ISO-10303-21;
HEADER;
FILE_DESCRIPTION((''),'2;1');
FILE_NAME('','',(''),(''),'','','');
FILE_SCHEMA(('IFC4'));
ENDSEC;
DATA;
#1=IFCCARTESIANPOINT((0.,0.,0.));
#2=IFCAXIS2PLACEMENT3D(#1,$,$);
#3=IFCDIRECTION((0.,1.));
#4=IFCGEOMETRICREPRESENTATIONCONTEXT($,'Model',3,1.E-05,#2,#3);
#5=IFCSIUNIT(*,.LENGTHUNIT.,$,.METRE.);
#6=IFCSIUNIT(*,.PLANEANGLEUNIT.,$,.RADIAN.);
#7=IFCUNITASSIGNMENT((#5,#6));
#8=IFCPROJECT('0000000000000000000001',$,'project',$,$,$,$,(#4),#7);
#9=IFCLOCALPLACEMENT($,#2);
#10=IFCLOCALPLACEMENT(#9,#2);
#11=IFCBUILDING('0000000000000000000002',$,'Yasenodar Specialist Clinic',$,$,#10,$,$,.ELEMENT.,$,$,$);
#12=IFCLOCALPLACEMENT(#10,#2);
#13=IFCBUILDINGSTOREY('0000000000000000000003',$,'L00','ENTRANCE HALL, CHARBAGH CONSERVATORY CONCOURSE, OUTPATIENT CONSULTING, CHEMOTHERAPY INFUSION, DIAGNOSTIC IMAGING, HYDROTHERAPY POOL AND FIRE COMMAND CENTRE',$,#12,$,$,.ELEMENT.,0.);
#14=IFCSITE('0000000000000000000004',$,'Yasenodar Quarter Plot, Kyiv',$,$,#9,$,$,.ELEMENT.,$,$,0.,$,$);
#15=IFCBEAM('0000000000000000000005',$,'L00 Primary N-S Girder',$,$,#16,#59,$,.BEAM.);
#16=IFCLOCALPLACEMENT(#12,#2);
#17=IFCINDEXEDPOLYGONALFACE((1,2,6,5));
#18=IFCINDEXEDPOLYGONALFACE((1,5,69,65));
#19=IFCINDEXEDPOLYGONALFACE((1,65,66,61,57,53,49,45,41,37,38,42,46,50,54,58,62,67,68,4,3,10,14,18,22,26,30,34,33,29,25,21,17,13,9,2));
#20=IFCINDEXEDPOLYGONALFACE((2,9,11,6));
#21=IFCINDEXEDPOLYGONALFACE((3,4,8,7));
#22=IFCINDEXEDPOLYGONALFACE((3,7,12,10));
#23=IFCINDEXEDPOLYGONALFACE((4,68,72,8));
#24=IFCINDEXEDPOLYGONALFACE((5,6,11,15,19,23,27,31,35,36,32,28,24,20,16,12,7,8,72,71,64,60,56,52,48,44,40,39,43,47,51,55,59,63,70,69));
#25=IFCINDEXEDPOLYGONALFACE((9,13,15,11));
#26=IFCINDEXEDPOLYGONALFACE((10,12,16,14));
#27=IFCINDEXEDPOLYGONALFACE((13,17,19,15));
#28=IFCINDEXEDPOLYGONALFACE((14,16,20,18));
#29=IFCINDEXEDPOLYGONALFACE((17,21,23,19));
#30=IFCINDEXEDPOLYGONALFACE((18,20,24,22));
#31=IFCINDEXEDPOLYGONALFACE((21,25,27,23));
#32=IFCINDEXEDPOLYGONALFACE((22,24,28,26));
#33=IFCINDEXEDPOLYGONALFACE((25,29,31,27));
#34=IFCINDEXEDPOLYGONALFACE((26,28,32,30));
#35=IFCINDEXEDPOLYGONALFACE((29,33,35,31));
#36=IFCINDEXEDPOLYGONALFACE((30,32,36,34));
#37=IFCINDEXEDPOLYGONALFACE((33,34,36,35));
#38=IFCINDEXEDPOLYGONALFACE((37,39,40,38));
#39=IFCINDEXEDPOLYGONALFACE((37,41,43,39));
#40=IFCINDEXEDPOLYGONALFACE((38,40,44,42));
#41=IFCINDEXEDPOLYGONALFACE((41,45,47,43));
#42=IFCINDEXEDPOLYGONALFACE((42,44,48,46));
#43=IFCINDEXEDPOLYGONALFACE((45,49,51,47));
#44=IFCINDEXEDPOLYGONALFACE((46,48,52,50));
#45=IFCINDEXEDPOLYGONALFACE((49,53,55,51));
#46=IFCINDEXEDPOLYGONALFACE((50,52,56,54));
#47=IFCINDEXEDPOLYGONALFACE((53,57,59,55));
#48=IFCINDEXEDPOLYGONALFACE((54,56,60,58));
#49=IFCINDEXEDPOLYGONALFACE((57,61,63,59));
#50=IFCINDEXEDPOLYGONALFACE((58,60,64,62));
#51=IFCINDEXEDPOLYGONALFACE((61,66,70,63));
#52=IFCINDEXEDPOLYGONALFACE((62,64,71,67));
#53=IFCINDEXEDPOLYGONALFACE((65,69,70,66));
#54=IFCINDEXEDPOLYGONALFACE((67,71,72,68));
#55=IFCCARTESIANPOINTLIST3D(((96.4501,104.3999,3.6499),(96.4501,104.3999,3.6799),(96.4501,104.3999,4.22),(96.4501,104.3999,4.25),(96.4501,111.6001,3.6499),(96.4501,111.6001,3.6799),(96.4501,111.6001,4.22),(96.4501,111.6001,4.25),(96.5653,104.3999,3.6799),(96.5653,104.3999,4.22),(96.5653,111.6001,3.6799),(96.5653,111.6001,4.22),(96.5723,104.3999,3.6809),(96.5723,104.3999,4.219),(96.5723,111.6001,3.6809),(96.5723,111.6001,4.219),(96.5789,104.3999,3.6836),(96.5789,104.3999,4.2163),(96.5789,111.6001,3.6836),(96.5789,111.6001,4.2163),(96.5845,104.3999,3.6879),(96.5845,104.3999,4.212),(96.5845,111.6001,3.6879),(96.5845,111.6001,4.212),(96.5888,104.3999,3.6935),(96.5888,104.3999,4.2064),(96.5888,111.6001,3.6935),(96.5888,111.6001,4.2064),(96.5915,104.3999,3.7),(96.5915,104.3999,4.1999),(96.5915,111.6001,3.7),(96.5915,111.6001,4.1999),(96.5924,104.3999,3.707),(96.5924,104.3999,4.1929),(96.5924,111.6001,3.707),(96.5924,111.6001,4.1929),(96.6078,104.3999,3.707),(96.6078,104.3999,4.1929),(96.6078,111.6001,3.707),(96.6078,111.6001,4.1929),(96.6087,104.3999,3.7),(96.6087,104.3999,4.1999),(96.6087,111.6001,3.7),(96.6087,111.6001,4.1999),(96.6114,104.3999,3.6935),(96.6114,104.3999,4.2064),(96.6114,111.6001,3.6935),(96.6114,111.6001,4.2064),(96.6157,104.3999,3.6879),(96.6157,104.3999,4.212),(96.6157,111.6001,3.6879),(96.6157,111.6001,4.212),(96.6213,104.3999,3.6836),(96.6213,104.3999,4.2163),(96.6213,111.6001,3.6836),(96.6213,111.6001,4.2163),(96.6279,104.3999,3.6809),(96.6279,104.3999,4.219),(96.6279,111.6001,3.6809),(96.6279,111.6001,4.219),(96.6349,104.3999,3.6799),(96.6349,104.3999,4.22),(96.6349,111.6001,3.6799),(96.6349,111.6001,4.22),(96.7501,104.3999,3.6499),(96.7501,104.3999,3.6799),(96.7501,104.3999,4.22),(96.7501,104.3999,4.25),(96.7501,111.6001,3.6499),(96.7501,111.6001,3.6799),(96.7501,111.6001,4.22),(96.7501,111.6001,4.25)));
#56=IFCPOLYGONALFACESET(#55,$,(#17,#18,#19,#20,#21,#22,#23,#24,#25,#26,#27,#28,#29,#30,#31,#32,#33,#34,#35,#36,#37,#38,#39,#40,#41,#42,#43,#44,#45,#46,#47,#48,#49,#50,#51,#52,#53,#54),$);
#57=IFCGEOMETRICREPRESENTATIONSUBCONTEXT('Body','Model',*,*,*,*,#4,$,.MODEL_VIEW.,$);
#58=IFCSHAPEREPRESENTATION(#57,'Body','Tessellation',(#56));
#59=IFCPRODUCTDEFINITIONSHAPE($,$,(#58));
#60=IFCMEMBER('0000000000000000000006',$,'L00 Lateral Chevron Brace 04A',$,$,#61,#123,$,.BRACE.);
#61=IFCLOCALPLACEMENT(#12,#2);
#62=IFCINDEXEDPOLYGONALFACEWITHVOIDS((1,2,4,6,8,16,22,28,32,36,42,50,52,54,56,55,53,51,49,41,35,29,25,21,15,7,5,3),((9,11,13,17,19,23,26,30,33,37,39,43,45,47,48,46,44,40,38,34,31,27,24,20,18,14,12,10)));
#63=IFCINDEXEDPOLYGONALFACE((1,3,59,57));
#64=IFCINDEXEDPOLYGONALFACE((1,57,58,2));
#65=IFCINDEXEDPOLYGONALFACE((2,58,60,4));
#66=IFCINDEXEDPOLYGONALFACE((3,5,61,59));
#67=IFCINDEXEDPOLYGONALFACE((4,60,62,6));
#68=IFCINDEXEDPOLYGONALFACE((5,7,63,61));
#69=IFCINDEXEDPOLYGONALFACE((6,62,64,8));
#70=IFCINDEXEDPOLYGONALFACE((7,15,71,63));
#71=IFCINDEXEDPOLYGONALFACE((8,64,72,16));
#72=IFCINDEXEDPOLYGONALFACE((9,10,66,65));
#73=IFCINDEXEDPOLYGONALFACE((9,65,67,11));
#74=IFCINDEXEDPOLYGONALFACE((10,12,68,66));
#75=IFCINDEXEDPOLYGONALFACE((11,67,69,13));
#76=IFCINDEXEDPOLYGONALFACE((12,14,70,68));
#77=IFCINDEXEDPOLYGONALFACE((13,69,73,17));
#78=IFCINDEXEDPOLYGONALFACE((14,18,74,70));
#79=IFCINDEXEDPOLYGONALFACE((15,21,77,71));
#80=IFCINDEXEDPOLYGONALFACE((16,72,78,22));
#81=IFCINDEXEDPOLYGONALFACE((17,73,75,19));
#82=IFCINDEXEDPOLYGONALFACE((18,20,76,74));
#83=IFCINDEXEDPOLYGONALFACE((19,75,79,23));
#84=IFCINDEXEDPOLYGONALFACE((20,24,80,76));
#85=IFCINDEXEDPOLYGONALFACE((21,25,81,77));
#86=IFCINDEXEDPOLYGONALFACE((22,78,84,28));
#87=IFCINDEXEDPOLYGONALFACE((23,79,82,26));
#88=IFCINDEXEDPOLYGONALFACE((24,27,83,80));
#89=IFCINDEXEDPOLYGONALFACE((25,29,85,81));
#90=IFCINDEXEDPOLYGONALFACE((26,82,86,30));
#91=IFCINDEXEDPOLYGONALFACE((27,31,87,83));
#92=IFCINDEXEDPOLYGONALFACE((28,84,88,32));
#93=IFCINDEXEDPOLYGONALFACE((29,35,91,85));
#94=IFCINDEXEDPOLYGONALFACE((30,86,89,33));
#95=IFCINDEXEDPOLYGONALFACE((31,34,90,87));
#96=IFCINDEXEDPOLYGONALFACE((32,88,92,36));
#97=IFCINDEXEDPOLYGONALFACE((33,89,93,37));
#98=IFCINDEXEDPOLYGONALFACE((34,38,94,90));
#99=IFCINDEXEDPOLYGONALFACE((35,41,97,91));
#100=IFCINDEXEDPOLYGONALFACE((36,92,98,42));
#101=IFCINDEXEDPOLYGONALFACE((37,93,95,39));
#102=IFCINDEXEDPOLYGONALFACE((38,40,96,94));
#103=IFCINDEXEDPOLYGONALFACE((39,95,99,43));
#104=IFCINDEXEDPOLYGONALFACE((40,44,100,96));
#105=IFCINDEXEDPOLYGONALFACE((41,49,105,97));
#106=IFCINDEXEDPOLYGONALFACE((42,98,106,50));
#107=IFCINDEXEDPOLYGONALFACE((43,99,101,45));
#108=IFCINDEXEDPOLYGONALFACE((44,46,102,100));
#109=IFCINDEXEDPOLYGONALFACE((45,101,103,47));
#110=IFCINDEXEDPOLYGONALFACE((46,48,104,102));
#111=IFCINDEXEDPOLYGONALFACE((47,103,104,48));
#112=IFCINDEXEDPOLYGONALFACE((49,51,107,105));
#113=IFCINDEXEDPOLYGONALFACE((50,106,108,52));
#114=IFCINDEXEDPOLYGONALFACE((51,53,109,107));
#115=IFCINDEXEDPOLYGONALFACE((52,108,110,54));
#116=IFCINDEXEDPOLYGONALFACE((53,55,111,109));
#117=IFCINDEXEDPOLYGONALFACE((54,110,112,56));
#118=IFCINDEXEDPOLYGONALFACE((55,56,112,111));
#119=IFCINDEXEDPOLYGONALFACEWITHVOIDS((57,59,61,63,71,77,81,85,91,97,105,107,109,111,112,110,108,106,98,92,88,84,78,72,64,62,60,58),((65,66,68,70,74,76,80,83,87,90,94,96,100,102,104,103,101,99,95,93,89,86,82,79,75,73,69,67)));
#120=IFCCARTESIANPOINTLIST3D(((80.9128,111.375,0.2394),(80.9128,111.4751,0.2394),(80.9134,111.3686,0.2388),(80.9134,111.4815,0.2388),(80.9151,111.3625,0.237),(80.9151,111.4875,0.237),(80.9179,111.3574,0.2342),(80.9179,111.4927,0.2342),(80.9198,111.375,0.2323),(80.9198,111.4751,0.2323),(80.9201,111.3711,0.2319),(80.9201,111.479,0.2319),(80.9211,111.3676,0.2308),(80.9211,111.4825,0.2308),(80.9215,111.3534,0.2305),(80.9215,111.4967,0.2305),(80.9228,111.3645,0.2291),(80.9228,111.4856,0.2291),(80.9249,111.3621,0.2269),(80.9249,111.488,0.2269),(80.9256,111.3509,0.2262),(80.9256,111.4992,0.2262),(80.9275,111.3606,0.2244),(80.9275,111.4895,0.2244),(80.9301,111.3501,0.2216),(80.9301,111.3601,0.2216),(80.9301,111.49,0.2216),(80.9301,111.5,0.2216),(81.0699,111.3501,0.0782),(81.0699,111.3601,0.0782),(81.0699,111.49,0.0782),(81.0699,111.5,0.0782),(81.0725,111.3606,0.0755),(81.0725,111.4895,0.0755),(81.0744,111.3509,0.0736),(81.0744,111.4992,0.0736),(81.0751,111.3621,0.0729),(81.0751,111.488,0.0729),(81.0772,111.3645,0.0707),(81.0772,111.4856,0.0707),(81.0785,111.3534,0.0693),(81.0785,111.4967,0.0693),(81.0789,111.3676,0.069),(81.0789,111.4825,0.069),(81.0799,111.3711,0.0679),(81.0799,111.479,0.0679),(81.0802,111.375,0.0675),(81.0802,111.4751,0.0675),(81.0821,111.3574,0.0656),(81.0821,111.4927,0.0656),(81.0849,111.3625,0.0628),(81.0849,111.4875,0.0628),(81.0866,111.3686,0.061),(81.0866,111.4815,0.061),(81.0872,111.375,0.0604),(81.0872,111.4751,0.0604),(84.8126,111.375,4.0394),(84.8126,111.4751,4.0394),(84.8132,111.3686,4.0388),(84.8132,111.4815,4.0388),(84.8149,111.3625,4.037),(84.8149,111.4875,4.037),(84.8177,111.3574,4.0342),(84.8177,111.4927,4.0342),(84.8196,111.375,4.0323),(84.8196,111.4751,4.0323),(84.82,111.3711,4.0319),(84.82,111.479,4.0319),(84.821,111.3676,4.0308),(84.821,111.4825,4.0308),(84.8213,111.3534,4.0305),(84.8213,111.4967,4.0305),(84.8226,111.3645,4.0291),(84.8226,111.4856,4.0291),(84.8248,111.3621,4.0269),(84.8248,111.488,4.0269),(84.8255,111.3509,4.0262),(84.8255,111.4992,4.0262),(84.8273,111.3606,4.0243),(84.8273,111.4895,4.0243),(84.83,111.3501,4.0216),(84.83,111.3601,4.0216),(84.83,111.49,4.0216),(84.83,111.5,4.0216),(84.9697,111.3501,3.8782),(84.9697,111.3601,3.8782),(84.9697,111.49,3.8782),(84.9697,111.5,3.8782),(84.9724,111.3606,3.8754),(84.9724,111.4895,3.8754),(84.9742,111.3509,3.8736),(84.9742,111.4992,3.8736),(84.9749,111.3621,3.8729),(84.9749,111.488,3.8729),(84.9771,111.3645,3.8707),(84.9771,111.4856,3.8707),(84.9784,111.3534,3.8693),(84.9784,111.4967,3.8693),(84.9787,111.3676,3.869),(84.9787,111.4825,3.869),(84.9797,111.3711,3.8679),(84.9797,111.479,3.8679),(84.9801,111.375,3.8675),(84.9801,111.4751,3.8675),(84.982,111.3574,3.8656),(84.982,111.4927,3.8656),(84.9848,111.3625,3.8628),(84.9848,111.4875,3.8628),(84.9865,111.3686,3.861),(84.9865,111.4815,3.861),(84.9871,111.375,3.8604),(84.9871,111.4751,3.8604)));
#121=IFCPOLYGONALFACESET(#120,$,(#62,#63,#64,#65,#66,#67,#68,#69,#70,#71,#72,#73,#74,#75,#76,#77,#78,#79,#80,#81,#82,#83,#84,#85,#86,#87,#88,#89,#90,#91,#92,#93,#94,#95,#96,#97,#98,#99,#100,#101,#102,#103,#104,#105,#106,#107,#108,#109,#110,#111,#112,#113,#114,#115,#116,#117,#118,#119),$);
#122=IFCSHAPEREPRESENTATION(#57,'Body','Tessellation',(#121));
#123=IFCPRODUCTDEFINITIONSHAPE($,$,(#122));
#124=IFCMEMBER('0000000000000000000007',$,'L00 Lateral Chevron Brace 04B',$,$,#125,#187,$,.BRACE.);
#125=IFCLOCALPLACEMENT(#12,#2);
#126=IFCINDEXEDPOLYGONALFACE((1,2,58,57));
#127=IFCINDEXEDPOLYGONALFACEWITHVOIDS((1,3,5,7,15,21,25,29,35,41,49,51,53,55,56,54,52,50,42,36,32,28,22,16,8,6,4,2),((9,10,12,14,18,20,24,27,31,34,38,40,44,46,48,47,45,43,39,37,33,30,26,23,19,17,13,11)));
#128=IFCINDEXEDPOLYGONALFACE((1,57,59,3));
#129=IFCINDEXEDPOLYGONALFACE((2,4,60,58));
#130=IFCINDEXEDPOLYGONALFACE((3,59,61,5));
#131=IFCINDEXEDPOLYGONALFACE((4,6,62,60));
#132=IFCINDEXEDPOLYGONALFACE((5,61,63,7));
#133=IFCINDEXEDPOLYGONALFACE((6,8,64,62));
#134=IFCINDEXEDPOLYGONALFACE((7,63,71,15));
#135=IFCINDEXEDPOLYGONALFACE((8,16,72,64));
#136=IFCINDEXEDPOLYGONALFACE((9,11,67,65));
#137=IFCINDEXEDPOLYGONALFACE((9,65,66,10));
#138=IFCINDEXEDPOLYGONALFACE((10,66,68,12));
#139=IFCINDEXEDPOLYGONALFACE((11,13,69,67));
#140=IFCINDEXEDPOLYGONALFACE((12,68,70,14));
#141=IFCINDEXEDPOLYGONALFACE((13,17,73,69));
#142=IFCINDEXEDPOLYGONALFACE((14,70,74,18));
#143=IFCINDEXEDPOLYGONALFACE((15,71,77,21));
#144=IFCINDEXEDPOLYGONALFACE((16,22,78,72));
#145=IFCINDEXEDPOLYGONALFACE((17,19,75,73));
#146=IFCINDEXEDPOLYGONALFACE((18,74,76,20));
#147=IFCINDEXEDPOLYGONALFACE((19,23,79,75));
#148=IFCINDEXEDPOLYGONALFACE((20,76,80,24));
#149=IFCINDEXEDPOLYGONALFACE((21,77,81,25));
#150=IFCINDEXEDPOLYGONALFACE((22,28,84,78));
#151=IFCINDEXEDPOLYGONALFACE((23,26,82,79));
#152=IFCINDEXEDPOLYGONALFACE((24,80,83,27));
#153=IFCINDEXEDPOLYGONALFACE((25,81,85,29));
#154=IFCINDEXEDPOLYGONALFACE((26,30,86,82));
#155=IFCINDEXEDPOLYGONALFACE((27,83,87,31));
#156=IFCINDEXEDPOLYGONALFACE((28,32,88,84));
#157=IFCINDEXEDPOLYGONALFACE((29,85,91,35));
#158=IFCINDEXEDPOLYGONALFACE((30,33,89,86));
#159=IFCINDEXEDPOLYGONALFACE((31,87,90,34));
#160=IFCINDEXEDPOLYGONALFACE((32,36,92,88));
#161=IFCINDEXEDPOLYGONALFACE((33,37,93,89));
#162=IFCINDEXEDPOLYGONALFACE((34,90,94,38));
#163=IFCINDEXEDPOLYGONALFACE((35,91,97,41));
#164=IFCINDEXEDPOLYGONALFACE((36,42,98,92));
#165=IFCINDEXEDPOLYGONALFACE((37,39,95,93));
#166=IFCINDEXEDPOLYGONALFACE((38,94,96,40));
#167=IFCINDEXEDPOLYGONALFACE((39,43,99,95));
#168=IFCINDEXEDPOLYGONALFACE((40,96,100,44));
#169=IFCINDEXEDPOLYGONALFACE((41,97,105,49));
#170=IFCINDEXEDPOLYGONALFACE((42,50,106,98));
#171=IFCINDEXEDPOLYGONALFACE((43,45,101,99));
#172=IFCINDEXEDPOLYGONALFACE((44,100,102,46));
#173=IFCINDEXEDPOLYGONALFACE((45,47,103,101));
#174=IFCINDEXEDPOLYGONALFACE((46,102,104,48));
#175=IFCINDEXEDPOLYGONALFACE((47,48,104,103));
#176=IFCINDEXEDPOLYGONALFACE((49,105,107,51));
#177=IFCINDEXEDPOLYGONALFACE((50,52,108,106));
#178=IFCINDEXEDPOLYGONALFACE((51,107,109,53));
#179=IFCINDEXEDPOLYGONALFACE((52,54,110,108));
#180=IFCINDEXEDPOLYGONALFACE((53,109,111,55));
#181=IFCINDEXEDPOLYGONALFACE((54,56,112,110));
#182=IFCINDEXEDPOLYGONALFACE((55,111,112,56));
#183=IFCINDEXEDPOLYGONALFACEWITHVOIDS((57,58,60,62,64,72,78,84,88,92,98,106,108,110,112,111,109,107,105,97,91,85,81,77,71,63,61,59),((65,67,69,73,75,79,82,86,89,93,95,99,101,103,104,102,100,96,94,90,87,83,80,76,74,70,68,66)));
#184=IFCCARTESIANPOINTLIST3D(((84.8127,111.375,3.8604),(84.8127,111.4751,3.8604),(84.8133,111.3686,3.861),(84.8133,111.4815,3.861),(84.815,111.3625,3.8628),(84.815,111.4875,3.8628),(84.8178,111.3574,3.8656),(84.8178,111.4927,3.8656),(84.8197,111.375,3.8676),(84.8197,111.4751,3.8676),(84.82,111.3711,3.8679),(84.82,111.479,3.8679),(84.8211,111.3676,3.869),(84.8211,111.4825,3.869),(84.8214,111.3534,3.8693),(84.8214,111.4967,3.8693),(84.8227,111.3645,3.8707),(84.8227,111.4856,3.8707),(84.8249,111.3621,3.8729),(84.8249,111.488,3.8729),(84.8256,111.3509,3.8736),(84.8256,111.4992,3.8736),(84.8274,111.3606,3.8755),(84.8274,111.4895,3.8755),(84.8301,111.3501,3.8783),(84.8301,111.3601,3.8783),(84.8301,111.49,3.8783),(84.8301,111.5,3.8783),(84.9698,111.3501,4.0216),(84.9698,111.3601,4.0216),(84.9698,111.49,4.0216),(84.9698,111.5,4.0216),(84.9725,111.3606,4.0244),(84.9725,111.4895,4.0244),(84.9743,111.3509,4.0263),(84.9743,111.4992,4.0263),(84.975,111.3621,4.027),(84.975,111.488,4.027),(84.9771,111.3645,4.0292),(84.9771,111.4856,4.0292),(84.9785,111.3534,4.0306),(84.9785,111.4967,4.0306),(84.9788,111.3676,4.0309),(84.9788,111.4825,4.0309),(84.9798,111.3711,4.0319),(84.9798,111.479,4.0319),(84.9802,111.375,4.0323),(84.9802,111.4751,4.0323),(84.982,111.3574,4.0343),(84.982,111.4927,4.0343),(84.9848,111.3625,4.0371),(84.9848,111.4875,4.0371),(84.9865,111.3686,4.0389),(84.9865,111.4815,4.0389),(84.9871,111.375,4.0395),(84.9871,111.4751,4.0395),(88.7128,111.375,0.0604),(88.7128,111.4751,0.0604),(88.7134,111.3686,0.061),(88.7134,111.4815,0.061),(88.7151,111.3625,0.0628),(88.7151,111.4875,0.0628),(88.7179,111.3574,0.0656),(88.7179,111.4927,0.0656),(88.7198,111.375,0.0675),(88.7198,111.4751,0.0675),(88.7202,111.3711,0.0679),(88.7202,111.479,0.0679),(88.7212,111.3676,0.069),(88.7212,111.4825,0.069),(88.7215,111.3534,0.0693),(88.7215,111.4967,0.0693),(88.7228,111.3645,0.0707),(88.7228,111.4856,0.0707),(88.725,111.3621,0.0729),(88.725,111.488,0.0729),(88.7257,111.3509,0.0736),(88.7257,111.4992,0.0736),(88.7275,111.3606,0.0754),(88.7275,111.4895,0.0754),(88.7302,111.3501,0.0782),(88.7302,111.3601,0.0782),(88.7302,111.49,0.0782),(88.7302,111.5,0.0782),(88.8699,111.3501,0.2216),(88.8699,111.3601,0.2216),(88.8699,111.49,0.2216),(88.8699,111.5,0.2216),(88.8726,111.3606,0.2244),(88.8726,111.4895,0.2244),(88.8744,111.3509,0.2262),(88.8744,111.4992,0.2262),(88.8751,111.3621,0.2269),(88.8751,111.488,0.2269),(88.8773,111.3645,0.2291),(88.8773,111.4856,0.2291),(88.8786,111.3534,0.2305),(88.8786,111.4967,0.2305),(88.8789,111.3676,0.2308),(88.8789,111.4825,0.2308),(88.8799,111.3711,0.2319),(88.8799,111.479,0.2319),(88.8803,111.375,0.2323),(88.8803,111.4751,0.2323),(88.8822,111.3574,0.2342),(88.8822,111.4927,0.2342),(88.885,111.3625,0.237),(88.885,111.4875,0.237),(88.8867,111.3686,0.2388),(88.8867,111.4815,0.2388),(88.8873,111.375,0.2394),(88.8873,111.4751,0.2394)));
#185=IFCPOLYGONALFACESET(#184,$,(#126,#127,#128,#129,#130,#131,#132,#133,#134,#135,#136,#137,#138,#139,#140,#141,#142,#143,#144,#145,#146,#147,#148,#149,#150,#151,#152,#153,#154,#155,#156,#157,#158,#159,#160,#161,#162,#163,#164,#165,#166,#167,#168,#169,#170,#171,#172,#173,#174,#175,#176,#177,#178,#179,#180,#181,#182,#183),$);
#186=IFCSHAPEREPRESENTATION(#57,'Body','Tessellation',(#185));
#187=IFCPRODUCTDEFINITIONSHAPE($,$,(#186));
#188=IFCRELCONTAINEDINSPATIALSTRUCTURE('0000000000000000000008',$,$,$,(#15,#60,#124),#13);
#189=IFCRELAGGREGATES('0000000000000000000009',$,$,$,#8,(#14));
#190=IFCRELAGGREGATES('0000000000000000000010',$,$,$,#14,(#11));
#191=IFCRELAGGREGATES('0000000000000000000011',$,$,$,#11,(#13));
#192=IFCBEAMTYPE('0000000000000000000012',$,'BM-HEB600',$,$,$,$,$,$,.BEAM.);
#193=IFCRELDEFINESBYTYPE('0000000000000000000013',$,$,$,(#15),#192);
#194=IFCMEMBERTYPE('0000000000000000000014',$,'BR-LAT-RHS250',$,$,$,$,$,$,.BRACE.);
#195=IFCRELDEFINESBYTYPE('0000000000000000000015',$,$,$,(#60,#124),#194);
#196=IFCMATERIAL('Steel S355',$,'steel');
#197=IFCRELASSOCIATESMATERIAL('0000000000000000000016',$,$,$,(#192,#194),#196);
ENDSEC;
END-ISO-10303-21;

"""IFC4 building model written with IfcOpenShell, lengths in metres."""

from ifc_helpers import new_model, si_unit, direction, frame, origin, origin_2d, place, context, subcontext, project, spatial, hollow_rectangle, i_section, extrude, material, material_profile, profile_set, type_object, element, save


model = new_model("IFC4")

# Units and contexts
model_context = context("Model", 3, precision=1e-05, world=origin(), true_north=direction((0.0, 1.0)))
body_context = subcontext(model_context, "Body", "Model", "MODEL_VIEW")
ifc_project = project(units=[si_unit("LENGTHUNIT", "METRE"), si_unit("PLANEANGLEUNIT", "RADIAN")], contexts=[model_context])

# Site, building, storey
site_placement = place(None, origin())
site = spatial("IfcSite", under=ifc_project, at=site_placement, Name="Yasenodar Quarter Plot, Kyiv", CompositionType="ELEMENT", RefElevation=0.0)
building_placement = place(site_placement, origin())
building = spatial("IfcBuilding", under=site, at=building_placement, Name="Yasenodar Specialist Clinic", CompositionType="ELEMENT")
storey_placement = place(building_placement, origin())
storey = spatial("IfcBuildingStorey", under=building, at=storey_placement, Name="L00", Description="ENTRANCE HALL, CHARBAGH CONSERVATORY CONCOURSE, OUTPATIENT CONSULTING, CHEMOTHERAPY INFUSION, DIAGNOSTIC IMAGING, HYDROTHERAPY POOL AND FIRE COMMAND CENTRE", CompositionType="ELEMENT", Elevation=0.0)

# Shared definitions
ifc_material_1 = material(Name="Steel S355", Category="steel")

# Beam
ifc_material_profile_1 = material_profile(ifc_material_1, i_section(OverallWidth=0.3, OverallDepth=0.6001, WebThickness=0.0154, FlangeThickness=0.03, FilletRadius=0.0271, at=origin_2d()), Name="HEB 600")
ifc_profile_set_1 = profile_set([ifc_material_profile_1], Name="Steel S355")
beam_type_1 = type_object("IfcBeamType", Name="BM-HEB600", PredefinedType="BEAM", material=ifc_profile_set_1)
beam_1_placement = place(storey_placement, frame((96.6001, 104.3999, 3.95), z_axis=(0.0, 1.0, 0.0), x_axis=(-1.0, 0.0, 0.0)))
element("IfcBeam", 1, at=beam_1_placement, inside=storey, type_object=beam_type_1, Name="L00 Primary N-S Girder", PredefinedType="BEAM", context=body_context, shape_type="SweptSolid", body=[
    extrude(i_section(OverallWidth=0.3, OverallDepth=0.6001, WebThickness=0.0154, FlangeThickness=0.03, FilletRadius=0.0271, at=origin_2d()), origin(), (0.0, 0.0, 1.0), 7.2002),
])

# Members
ifc_material_profile_2 = material_profile(ifc_material_1, hollow_rectangle(XDim=0.1499, YDim=0.25, WallThickness=0.01, InnerFilletRadius=0.0149, OuterFilletRadius=0.0249, at=origin_2d()), Name="RHS 250x150x10")
ifc_profile_set_2 = profile_set([ifc_material_profile_2], Name="Steel S355")
member_type_1 = type_object("IfcMemberType", Name="BR-LAT-RHS250", PredefinedType="BRACE", material=ifc_profile_set_2)
member_1_placement = place(storey_placement, frame((81.0, 111.425, 0.1499), z_axis=(0.716216, 0.0, 0.697878), x_axis=(0.0, 1.0, 0.0)))
element("IfcMember", 2, at=member_1_placement, inside=storey, type_object=member_type_1, Name="L00 Lateral Chevron Brace 04A", PredefinedType="BRACE", context=body_context, shape_type="SweptSolid", body=[
    extrude(hollow_rectangle(XDim=0.1499, YDim=0.25, WallThickness=0.01, InnerFilletRadius=0.0149, OuterFilletRadius=0.0249, at=origin_2d()), origin(), (0.0, 0.0, 1.0), 5.4451),
])
member_2_placement = place(storey_placement, frame((88.8, 111.425, 0.1499), z_axis=(-0.716238, 0.0, 0.697856), x_axis=(0.0, -1.0, 0.0)))
element("IfcMember", 3, at=member_2_placement, inside=storey, type_object=member_type_1, Name="L00 Lateral Chevron Brace 04B", PredefinedType="BRACE", context=body_context, shape_type="SweptSolid", body=[
    extrude(hollow_rectangle(XDim=0.1499, YDim=0.25, WallThickness=0.01, InnerFilletRadius=0.0149, OuterFilletRadius=0.0249, at=origin_2d()), origin(), (0.0, 0.0, 1.0), 5.4453),
])

save(model, "model.ifc")
